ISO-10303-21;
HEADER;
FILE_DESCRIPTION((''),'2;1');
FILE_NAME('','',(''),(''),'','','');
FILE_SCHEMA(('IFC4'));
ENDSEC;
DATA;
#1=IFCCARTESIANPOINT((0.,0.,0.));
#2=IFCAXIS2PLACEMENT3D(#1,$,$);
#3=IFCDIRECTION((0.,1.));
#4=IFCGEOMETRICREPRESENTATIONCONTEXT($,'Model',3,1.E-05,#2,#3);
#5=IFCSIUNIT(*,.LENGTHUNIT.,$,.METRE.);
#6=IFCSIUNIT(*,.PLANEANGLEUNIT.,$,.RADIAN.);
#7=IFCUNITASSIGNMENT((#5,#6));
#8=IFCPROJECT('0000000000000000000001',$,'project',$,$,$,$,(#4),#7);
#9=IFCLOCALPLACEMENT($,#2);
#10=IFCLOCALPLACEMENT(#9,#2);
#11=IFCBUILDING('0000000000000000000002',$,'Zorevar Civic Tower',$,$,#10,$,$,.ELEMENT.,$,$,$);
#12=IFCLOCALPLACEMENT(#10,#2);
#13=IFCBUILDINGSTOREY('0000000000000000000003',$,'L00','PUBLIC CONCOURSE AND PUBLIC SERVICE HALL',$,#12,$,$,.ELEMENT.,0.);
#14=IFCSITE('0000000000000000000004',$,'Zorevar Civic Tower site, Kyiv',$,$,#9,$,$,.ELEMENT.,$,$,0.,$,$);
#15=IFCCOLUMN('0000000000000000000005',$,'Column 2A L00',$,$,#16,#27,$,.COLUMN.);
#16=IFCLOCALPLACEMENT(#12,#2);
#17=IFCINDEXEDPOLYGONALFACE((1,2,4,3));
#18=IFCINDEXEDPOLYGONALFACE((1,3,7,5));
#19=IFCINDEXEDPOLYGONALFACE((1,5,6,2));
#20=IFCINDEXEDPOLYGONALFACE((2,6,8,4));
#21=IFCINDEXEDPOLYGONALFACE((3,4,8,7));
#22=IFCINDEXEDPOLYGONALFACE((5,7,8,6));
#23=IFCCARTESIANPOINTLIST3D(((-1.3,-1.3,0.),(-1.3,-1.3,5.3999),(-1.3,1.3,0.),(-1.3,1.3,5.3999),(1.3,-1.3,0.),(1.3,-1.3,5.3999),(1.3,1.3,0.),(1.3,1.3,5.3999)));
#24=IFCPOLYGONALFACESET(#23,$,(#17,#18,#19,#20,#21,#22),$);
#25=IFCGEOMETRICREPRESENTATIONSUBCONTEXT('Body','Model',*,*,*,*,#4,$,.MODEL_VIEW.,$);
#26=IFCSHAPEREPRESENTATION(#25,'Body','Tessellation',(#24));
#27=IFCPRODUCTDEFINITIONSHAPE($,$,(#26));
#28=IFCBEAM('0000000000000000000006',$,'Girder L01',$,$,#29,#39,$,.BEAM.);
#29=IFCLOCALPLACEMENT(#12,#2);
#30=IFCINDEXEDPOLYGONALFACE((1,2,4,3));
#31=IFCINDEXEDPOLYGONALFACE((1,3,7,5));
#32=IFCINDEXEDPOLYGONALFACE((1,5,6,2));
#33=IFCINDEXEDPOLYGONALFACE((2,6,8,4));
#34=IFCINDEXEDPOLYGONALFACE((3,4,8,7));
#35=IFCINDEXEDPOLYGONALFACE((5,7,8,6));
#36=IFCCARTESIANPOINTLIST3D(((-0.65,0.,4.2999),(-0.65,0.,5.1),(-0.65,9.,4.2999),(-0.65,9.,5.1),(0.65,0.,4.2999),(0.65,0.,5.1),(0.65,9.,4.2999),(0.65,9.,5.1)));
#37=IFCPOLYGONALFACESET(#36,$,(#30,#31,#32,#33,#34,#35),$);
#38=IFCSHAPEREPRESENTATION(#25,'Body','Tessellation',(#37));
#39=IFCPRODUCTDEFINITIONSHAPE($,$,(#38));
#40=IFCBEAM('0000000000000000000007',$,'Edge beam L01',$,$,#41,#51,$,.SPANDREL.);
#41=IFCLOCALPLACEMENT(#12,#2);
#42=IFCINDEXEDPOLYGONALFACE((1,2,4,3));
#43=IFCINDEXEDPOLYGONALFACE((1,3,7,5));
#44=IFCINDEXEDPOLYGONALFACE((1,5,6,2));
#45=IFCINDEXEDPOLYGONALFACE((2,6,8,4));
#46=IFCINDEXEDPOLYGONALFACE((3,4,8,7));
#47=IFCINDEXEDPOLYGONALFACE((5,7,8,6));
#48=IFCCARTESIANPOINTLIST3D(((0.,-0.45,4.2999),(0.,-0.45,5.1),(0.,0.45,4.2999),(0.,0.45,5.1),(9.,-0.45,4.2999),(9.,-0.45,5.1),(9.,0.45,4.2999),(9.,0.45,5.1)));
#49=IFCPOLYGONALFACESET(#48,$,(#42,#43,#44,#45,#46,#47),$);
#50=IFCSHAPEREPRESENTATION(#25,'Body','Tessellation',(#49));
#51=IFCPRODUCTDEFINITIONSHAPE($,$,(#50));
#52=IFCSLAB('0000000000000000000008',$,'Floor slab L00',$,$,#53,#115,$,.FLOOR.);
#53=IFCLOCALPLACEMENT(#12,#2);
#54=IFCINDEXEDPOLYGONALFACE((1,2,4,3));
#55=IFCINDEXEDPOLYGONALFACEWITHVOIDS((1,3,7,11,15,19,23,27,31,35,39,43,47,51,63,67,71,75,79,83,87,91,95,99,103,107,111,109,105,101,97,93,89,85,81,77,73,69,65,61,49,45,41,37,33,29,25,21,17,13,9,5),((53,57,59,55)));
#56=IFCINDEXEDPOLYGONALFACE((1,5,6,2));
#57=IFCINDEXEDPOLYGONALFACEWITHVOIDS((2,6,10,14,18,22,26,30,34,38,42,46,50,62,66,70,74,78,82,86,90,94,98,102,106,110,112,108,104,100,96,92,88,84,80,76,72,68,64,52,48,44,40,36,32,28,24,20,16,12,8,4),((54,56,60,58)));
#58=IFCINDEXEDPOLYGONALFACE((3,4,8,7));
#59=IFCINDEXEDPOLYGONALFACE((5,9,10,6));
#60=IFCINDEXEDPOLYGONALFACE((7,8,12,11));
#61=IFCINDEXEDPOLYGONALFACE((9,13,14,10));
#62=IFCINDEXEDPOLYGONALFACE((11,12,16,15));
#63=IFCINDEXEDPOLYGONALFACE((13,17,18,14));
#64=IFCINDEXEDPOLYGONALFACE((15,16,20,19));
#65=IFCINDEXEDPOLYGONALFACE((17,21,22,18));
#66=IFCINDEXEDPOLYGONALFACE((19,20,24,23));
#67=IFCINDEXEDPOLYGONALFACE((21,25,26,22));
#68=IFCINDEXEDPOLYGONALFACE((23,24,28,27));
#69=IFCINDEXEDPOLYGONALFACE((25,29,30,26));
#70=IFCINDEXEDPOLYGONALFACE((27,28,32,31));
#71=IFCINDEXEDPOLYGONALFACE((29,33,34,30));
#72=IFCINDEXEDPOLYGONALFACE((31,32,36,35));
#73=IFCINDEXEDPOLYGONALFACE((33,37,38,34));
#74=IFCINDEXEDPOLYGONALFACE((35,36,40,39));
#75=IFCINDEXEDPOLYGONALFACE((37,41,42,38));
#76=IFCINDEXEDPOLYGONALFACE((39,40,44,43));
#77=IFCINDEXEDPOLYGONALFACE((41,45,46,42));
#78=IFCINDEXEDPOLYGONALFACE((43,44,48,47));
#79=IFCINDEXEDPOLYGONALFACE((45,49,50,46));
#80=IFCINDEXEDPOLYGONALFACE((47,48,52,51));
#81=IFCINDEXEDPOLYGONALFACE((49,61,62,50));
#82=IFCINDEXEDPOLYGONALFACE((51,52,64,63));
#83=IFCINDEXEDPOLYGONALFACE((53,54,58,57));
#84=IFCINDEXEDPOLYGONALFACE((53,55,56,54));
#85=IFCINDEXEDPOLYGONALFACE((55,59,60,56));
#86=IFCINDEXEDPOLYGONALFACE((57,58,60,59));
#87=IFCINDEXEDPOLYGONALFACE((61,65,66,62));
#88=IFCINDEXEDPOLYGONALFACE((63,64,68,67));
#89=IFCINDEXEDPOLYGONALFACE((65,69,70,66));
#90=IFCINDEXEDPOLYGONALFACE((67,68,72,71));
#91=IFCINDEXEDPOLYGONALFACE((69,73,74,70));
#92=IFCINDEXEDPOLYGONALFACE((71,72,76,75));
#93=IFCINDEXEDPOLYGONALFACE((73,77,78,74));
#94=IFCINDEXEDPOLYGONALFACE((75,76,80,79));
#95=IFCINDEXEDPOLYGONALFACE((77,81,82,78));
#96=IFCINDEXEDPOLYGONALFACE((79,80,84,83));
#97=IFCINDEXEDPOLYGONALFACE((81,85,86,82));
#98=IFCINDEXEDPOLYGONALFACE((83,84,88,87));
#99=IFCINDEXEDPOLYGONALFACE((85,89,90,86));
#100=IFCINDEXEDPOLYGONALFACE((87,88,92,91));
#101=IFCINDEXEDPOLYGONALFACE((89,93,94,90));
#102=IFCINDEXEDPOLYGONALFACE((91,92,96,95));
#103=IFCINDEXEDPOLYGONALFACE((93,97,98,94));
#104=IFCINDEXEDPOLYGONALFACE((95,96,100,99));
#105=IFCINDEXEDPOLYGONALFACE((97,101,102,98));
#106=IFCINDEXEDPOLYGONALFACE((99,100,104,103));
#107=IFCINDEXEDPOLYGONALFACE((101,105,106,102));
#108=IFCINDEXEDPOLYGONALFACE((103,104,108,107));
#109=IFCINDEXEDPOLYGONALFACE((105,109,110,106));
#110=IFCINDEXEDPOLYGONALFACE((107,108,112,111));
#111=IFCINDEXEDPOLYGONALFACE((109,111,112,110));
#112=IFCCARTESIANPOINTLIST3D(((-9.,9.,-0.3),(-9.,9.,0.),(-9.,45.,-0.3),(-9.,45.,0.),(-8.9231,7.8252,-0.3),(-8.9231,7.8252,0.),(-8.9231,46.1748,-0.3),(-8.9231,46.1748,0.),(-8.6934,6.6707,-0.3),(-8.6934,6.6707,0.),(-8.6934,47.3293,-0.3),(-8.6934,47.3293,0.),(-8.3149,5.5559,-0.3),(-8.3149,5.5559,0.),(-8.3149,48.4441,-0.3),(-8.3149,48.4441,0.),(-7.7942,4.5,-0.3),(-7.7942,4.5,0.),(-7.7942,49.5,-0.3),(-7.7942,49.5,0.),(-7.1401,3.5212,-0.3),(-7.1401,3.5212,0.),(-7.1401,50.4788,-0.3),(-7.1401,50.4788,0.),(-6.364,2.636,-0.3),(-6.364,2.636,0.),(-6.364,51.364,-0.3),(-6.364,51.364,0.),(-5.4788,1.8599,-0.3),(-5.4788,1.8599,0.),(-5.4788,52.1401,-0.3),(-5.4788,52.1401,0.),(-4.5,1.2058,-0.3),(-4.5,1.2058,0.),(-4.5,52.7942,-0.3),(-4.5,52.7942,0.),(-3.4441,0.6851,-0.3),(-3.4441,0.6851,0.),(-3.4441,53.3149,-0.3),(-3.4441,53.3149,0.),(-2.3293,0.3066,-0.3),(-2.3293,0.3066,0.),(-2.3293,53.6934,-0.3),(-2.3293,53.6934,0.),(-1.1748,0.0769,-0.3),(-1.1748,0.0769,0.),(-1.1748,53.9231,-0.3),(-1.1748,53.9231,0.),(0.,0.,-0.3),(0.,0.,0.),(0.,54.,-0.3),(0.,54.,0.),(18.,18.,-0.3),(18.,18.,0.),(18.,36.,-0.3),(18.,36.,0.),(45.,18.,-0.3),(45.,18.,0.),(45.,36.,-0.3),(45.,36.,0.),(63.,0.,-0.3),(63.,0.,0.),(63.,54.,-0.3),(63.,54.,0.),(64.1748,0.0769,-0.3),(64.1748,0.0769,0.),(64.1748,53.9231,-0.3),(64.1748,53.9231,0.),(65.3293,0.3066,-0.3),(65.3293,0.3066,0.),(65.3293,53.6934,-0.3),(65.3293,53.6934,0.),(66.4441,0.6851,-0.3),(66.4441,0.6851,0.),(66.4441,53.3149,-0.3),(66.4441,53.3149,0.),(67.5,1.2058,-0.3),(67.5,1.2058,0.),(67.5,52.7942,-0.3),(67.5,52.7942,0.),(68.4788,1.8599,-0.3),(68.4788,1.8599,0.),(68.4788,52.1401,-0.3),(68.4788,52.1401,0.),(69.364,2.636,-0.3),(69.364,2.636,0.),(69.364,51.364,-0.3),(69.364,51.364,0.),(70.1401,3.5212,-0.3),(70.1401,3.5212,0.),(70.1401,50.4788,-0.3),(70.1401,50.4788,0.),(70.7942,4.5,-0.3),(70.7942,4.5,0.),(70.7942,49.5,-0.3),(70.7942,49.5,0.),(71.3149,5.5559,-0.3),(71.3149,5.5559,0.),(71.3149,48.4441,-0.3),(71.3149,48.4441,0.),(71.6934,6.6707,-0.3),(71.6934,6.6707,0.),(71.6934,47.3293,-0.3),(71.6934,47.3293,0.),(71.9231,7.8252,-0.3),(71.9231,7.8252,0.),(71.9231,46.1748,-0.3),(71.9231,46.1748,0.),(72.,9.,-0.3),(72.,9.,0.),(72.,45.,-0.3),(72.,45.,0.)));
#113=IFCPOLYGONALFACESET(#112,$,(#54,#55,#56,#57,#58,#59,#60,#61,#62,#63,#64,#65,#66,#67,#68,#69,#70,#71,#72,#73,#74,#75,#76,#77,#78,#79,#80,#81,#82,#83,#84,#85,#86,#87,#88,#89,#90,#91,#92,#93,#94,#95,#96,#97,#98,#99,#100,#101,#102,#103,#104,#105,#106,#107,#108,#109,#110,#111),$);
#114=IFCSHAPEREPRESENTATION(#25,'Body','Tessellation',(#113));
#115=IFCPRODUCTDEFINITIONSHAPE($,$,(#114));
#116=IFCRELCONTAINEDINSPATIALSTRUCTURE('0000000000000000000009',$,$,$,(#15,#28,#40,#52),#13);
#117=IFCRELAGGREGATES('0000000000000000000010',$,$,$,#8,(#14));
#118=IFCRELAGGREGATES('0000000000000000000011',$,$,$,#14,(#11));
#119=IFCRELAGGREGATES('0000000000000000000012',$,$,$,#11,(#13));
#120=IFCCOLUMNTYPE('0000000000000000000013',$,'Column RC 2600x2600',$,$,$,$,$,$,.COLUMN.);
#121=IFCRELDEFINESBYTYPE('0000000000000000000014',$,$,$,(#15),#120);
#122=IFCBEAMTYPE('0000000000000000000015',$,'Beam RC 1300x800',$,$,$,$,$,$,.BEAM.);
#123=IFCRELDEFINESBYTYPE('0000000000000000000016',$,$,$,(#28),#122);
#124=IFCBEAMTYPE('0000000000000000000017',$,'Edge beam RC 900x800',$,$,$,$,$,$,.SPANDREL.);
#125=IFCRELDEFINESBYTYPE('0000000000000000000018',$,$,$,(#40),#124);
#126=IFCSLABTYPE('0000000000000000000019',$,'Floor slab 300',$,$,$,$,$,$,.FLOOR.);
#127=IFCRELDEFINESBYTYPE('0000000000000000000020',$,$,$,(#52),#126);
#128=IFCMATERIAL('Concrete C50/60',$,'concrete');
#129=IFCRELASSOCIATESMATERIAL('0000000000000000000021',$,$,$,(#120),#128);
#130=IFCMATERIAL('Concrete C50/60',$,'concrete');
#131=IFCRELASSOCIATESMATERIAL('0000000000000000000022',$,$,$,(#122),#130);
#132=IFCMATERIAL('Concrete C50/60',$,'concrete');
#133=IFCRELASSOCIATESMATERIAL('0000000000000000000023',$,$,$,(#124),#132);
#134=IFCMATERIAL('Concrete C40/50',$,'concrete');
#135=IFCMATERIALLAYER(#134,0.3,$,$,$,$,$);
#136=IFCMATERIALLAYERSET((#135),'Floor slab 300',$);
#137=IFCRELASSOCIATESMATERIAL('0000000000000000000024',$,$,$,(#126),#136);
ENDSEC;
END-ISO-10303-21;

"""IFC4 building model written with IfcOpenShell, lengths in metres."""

from ifc_helpers import new_model, si_unit, direction, frame, origin, origin_with_axes, origin_2d, place, context, subcontext, project, spatial, polyline, rectangle, outline, extrude, material, layer, layer_set, material_profile, profile_set, type_object, element, save


model = new_model("IFC4")

# Units and contexts
model_context = context("Model", 3, precision=1e-05, world=origin(), true_north=direction((0.0, 1.0)))
body_context = subcontext(model_context, "Body", "Model", "MODEL_VIEW")
ifc_project = project(units=[si_unit("LENGTHUNIT", "METRE"), si_unit("PLANEANGLEUNIT", "RADIAN")], contexts=[model_context])

# Site, building, storey
site_placement = place(None, origin())
site = spatial("IfcSite", under=ifc_project, at=site_placement, Name="Zorevar Civic Tower site, Kyiv", CompositionType="ELEMENT", RefElevation=0.0)
building_placement = place(site_placement, origin())
building = spatial("IfcBuilding", under=site, at=building_placement, Name="Zorevar Civic Tower", CompositionType="ELEMENT")
storey_placement = place(building_placement, origin())
storey = spatial("IfcBuildingStorey", under=building, at=storey_placement, Name="L00", Description="PUBLIC CONCOURSE AND PUBLIC SERVICE HALL", CompositionType="ELEMENT", Elevation=0.0)

# Column
ifc_material_1 = material(Name="Concrete C50/60", Category="concrete")
ifc_material_profile_1 = material_profile(ifc_material_1, rectangle(XDim=2.6001, YDim=2.6001, at=origin_2d()), Name="RC 2600x2600")
ifc_profile_set_1 = profile_set([ifc_material_profile_1], Name="Concrete C50/60")
column_type = type_object("IfcColumnType", Name="Column RC 2600x2600", PredefinedType="COLUMN", material=ifc_profile_set_1)
column_placement = place(storey_placement, origin_with_axes())
element("IfcColumn", 1, at=column_placement, inside=storey, type_object=column_type, Name="Column 2A L00", PredefinedType="COLUMN", context=body_context, shape_type="SweptSolid", body=[
    extrude(rectangle(XDim=2.6001, YDim=2.6001, at=origin_2d()), origin(), (0.0, 0.0, 1.0), 5.3999),
])

# Beams
ifc_material_2 = material(Name="Concrete C50/60", Category="concrete")
ifc_material_profile_2 = material_profile(ifc_material_2, rectangle(XDim=1.3, YDim=0.8, at=origin_2d()), Name="RC 1300x800")
ifc_profile_set_2 = profile_set([ifc_material_profile_2], Name="Concrete C50/60")
beam_type_1 = type_object("IfcBeamType", Name="Beam RC 1300x800", PredefinedType="BEAM", material=ifc_profile_set_2)
beam_1_placement = place(storey_placement, frame((0.0, 0.0, 4.7), z_axis=(0.0, 1.0, 0.0), x_axis=(-1.0, 0.0, 0.0)))
element("IfcBeam", 2, at=beam_1_placement, inside=storey, type_object=beam_type_1, Name="Girder L01", PredefinedType="BEAM", context=body_context, shape_type="SweptSolid", body=[
    extrude(rectangle(XDim=1.3, YDim=0.8, at=origin_2d()), origin(), (0.0, 0.0, 1.0), 9.0),
])
ifc_material_3 = material(Name="Concrete C50/60", Category="concrete")
ifc_material_profile_3 = material_profile(ifc_material_3, rectangle(XDim=0.8999, YDim=0.8, at=origin_2d()), Name="RC 900x800")
ifc_profile_set_3 = profile_set([ifc_material_profile_3], Name="Concrete C50/60")
beam_type_2 = type_object("IfcBeamType", Name="Edge beam RC 900x800", PredefinedType="SPANDREL", material=ifc_profile_set_3)
beam_2_placement = place(storey_placement, frame((0.0, 0.0, 4.7), z_axis=(1.0, 0.0, 0.0), x_axis=(0.0, 1.0, 0.0)))
element("IfcBeam", 3, at=beam_2_placement, inside=storey, type_object=beam_type_2, Name="Edge beam L01", PredefinedType="SPANDREL", context=body_context, shape_type="SweptSolid", body=[
    extrude(rectangle(XDim=0.8999, YDim=0.8, at=origin_2d()), origin(), (0.0, 0.0, 1.0), 9.0),
])

# Slab
ifc_material_4 = material(Name="Concrete C40/50", Category="concrete")
ifc_layer_1 = layer(ifc_material_4, 0.3)
ifc_layer_set_1 = layer_set([ifc_layer_1], Name="Floor slab 300")
slab_type_1 = type_object("IfcSlabType", Name="Floor slab 300", PredefinedType="FLOOR", material=ifc_layer_set_1)
slab_1_placement = place(storey_placement, frame((0.0, 0.0, -0.3)))
element("IfcSlab", 4, at=slab_1_placement, inside=storey, type_object=slab_type_1, Name="Floor slab L00", PredefinedType="FLOOR", context=body_context, shape_type="SweptSolid", body=[
    extrude(outline(polyline([(63.0, 0.0), (64.1748, 0.0769), (65.3293, 0.3066), (66.4441, 0.6851), (67.5, 1.2058), (68.4788, 1.8599), (69.364, 2.636), (70.1401, 3.5212), (70.7942, 4.5), (71.3149, 5.5559), (71.6934, 6.6707), (71.9231, 7.8252), (72.0, 9.0), (72.0, 45.0), (71.9231, 46.1748), (71.6934, 47.3293), (71.3149, 48.4441), (70.7942, 49.5), (70.1401, 50.4788), (69.364, 51.364), (68.4788, 52.1401), (67.5, 52.7942), (66.4441, 53.3149), (65.3293, 53.6934), (64.1748, 53.9231), (63.0, 54.0), (0.0, 54.0), (-1.1748, 53.9231), (-2.3293, 53.6934), (-3.4441, 53.3149), (-4.5, 52.7942), (-5.4788, 52.1401), (-6.364, 51.364), (-7.1401, 50.4788), (-7.7942, 49.5), (-8.3149, 48.4441), (-8.6934, 47.3293), (-8.9231, 46.1748), (-9.0, 45.0), (-9.0, 9.0), (-8.9231, 7.8252), (-8.6934, 6.6707), (-8.3149, 5.5559), (-7.7942, 4.5), (-7.1401, 3.5212), (-6.364, 2.636), (-5.4788, 1.8599), (-4.5, 1.2058), (-3.4441, 0.6851), (-2.3293, 0.3066), (-1.1748, 0.0769), (0.0, 0.0), (63.0, 0.0)]), holes=[polyline([(18.0, 18.0), (45.0, 18.0), (45.0, 36.0), (18.0, 36.0), (18.0, 18.0)])]), origin(), (0.0, 0.0, 1.0), 0.3),
])

save(model, "model.ifc")
